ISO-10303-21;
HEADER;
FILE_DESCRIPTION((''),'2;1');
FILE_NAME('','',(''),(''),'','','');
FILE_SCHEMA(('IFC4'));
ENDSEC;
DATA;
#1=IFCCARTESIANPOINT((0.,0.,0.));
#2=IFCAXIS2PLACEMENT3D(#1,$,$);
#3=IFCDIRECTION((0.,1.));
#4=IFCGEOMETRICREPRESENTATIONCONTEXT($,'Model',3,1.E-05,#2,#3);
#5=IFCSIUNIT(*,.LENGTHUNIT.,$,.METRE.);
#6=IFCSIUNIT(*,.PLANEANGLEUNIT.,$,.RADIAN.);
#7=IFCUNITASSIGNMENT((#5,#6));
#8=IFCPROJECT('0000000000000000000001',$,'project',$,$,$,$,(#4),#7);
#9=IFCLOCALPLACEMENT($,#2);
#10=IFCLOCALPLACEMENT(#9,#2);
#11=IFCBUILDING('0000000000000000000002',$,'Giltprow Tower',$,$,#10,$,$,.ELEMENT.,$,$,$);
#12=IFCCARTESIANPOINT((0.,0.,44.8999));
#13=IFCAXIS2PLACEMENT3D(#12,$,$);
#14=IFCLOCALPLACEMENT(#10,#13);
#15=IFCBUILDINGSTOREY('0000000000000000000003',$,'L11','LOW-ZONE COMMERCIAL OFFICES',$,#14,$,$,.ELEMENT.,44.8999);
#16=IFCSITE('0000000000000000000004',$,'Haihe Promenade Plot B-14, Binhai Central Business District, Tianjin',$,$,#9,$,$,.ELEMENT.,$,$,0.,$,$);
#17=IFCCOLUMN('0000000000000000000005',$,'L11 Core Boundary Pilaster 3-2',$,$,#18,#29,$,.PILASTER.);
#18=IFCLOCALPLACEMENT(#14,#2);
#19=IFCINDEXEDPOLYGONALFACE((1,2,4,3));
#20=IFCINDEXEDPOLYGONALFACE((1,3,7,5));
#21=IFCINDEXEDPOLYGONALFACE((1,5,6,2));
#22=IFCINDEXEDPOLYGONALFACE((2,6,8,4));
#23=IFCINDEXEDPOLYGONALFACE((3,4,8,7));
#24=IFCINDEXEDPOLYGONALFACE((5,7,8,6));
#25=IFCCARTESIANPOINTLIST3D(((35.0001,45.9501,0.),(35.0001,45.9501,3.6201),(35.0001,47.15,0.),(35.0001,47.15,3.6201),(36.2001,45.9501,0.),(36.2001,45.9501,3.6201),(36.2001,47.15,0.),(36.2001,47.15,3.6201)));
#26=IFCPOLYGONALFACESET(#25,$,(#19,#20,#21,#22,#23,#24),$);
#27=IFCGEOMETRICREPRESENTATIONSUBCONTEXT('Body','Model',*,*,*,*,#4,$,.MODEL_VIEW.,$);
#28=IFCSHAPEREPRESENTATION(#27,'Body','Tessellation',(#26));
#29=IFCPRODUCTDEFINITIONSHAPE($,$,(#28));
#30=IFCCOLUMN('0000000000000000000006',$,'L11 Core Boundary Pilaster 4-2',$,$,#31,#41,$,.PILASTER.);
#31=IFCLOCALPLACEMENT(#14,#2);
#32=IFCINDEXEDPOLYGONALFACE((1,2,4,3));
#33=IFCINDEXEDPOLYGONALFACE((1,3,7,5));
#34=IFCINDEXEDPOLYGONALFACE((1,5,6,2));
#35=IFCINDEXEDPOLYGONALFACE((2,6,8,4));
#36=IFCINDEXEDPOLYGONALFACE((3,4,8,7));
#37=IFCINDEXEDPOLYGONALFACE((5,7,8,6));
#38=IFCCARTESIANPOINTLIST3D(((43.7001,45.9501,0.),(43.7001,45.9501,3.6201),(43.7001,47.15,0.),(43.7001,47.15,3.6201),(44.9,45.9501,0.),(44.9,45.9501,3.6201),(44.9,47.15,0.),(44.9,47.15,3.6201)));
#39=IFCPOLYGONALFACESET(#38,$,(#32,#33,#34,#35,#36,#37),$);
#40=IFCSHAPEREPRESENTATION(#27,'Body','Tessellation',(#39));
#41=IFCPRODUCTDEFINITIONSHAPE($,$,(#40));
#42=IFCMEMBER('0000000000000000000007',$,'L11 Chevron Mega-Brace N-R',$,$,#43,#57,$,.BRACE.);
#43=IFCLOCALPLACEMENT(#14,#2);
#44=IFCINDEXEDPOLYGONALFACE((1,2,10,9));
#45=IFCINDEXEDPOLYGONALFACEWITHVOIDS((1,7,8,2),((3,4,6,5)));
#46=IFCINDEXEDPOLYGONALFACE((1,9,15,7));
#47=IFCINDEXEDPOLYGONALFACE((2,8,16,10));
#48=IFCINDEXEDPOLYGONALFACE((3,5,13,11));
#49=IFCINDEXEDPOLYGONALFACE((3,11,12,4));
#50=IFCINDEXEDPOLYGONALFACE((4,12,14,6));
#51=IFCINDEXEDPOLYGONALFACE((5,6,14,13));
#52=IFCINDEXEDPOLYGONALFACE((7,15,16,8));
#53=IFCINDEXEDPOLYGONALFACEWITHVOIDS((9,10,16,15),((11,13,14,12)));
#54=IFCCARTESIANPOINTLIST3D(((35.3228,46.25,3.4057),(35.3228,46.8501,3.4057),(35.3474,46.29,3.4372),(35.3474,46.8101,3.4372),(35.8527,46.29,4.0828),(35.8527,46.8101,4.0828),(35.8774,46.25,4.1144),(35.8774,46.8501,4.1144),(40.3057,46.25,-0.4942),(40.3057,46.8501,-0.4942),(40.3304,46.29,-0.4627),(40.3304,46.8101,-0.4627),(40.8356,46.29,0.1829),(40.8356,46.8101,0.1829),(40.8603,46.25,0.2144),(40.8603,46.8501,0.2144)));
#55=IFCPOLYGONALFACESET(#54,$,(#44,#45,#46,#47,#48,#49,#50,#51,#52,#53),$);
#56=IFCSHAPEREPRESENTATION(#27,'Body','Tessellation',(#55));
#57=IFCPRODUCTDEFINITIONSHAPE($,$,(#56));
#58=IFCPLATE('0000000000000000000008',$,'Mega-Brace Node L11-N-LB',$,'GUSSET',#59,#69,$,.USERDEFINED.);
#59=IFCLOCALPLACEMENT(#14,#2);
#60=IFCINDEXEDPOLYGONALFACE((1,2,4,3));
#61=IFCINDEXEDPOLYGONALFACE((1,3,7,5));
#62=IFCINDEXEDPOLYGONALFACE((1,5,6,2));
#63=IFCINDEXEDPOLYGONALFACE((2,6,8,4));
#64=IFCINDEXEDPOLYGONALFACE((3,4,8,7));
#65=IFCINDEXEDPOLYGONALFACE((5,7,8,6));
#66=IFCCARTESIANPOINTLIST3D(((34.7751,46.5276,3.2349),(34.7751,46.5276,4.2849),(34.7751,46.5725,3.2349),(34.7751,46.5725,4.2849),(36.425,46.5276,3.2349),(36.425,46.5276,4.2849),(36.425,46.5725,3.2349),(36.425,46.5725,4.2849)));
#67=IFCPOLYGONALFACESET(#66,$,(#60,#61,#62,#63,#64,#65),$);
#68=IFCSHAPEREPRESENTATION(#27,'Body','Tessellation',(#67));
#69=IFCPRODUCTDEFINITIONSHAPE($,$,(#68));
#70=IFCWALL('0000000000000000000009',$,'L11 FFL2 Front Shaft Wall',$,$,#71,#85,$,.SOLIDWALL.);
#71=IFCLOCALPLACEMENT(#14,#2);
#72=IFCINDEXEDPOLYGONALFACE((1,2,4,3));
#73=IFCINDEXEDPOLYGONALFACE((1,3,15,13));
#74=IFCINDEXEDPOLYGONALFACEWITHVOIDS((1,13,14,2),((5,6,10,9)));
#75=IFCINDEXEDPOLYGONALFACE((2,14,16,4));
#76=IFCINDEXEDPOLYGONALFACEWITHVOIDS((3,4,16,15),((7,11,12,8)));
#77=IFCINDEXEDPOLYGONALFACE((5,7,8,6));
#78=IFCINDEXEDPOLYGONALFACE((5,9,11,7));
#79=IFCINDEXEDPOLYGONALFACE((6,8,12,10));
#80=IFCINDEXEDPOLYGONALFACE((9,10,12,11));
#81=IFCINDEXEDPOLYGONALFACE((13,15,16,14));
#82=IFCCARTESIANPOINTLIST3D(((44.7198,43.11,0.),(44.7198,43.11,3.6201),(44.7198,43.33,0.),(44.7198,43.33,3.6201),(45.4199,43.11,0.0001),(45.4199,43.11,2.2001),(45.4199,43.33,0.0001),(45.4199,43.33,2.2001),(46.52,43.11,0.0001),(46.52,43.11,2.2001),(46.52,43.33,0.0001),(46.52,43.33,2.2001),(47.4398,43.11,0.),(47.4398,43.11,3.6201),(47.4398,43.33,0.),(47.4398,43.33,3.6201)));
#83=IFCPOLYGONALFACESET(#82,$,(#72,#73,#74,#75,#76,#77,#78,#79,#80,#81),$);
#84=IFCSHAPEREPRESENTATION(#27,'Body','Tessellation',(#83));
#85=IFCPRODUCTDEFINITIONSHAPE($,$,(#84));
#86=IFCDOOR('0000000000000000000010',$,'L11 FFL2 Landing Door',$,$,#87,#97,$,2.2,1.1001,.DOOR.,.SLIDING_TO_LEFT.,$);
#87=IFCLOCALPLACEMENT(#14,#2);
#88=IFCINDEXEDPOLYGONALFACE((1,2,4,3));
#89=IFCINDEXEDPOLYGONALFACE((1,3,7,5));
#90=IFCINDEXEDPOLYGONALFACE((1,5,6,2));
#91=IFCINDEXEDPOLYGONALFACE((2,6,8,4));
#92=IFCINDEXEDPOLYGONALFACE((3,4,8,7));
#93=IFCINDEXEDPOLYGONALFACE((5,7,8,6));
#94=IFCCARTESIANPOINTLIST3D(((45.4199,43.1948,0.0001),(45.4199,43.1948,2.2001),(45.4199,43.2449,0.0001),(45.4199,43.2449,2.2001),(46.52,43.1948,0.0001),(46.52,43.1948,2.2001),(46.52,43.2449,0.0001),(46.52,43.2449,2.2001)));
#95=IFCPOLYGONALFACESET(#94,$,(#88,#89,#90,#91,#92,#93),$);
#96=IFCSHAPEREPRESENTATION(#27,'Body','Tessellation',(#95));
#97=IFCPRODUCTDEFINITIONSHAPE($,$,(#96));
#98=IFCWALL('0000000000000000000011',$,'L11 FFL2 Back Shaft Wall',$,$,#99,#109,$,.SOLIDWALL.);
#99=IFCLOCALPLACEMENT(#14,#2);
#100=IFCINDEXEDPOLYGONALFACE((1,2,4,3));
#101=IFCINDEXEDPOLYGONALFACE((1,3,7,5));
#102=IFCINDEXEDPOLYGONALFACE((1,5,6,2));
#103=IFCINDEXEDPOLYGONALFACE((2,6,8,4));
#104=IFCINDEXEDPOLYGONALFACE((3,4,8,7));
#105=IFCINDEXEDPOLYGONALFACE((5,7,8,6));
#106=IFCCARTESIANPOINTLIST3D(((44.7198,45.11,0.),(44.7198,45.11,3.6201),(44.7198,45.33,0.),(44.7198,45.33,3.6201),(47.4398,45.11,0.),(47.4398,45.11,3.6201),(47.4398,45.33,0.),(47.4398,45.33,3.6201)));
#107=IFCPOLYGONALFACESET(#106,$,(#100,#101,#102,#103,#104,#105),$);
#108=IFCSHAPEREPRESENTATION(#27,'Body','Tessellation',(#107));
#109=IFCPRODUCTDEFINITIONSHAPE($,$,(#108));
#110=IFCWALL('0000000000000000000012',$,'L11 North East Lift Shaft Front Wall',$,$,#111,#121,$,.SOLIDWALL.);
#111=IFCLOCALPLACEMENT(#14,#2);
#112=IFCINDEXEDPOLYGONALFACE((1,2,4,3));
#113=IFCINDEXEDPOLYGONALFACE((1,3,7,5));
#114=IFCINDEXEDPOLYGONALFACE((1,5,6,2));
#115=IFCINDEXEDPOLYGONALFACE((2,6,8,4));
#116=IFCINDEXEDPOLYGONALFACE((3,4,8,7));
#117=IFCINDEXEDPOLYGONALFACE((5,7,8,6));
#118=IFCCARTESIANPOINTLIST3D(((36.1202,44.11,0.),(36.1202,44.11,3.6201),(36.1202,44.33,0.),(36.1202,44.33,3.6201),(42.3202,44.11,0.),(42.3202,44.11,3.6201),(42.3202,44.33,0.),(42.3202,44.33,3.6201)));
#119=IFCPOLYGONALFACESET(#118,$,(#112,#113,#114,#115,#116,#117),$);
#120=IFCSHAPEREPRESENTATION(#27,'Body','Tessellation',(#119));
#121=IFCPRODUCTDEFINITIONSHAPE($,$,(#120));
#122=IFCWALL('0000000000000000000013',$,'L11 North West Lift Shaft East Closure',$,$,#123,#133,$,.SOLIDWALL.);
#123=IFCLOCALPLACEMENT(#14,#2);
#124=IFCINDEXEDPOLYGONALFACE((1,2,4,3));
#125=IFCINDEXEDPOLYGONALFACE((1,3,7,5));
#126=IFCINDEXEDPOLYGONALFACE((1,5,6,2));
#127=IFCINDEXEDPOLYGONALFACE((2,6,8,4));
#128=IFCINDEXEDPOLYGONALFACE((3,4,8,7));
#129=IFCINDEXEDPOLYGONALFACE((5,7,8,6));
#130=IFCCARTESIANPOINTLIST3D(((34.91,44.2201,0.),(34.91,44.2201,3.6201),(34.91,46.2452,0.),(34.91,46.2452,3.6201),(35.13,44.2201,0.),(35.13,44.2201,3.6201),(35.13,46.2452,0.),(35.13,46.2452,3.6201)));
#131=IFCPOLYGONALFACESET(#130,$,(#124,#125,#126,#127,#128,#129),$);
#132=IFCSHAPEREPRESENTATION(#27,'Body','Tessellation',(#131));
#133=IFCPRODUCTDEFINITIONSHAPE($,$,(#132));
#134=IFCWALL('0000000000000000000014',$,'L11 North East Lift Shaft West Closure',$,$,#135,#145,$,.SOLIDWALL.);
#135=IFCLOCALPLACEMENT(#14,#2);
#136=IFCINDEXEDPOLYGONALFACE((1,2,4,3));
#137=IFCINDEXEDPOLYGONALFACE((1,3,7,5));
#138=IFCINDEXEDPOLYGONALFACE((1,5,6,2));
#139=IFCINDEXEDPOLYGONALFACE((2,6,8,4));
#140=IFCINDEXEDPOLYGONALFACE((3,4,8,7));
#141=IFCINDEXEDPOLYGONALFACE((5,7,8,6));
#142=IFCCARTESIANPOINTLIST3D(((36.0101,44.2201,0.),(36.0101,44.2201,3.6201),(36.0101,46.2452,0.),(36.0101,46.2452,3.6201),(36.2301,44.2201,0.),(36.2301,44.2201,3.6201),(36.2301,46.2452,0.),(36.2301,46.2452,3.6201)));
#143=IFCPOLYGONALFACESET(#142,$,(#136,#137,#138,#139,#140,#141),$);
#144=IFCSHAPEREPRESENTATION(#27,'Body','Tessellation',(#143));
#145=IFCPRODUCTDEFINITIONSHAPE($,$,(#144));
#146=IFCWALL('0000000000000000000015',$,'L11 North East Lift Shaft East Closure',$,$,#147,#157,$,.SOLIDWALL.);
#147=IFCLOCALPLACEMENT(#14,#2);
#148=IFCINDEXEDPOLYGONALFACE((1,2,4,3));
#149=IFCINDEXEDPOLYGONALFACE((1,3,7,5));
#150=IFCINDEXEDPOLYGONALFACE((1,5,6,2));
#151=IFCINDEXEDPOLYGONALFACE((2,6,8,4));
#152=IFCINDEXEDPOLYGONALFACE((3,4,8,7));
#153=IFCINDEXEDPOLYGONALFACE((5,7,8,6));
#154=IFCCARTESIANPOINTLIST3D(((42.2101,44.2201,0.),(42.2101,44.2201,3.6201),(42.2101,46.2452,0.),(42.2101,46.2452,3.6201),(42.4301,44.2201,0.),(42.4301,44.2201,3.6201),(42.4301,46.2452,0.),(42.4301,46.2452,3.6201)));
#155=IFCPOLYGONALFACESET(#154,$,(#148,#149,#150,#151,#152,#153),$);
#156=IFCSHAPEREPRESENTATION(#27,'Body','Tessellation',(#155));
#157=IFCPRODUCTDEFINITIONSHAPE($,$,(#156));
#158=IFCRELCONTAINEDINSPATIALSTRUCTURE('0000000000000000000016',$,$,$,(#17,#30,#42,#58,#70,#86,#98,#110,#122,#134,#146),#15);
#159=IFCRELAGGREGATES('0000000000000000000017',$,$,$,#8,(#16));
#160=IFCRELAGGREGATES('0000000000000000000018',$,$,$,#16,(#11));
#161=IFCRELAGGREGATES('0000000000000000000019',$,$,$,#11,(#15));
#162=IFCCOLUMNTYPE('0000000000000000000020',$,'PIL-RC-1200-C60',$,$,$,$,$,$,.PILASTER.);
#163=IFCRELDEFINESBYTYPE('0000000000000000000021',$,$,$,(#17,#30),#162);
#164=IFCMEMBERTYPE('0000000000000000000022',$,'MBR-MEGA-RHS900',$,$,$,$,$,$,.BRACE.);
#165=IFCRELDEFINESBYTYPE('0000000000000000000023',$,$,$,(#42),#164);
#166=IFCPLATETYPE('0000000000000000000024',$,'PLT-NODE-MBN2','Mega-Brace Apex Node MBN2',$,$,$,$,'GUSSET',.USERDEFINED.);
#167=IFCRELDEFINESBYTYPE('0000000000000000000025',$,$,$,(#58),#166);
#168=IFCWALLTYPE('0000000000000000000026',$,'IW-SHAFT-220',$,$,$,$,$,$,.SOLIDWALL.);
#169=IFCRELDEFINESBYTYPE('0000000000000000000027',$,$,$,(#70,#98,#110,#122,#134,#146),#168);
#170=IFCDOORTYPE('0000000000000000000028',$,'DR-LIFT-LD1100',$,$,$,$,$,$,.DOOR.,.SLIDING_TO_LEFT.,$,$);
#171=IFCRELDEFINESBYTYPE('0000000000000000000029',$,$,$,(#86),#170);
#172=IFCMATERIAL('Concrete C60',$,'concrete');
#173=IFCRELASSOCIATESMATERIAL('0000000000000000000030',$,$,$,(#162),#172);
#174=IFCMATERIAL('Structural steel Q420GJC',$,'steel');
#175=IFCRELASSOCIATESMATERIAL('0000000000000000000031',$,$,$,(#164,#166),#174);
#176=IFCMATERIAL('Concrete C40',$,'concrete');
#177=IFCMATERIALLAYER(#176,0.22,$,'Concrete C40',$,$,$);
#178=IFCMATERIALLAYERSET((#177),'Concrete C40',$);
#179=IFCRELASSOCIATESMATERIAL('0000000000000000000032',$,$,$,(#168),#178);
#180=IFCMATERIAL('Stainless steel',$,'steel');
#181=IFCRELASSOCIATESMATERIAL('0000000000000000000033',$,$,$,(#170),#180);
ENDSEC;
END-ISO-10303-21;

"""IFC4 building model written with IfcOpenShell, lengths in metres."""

from ifc_helpers import new_model, si_unit, direction, frame, frame_2d, origin, origin_2d, place, context, subcontext, project, spatial, rectangle, hollow_rectangle, extrude, source, transform, mapped, material, layer, layer_set, material_profile, profile_set, type_object, element, fill, save


model = new_model("IFC4")

# Units and contexts
model_context = context("Model", 3, precision=1e-05, world=origin(), true_north=direction((0.0, 1.0)))
body_context = subcontext(model_context, "Body", "Model", "MODEL_VIEW")
ifc_project = project(units=[si_unit("LENGTHUNIT", "METRE"), si_unit("PLANEANGLEUNIT", "RADIAN")], contexts=[model_context])

# Site, building, storey
site_placement = place(None, origin())
site = spatial("IfcSite", under=ifc_project, at=site_placement, Name="Haihe Promenade Plot B-14, Binhai Central Business District, Tianjin", CompositionType="ELEMENT", RefElevation=0.0)
building_placement = place(site_placement, origin())
building = spatial("IfcBuilding", under=site, at=building_placement, Name="Giltprow Tower", CompositionType="ELEMENT")
storey_placement = place(building_placement, frame((0.0, 0.0, 44.8999)))
storey = spatial("IfcBuildingStorey", under=building, at=storey_placement, Name="L11", Description="LOW-ZONE COMMERCIAL OFFICES", CompositionType="ELEMENT", Elevation=44.8999)

# Columns
ifc_material_1 = material(Name="Concrete C60", Category="concrete")
ifc_material_profile_1 = material_profile(ifc_material_1, rectangle(XDim=1.2, YDim=1.2, at=origin_2d()), Name="RC 1200x1200")
ifc_profile_set_1 = profile_set([ifc_material_profile_1], Name="Concrete C60")
column_type = type_object("IfcColumnType", Name="PIL-RC-1200-C60", PredefinedType="PILASTER", material=ifc_profile_set_1)
shared_shape_1 = source(origin(), body_context, "Body", "SweptSolid", [
    extrude(rectangle(XDim=1.2, YDim=1.2, at=origin_2d()), origin(), (0.0, 0.0, 1.0), 3.6201),
])
for number, where, z_axis, x_axis, name in (
    (1, (35.6001, 46.55, 0.0), (0.0, 0.0, 1.0), (1.0, 0.0, 0.0), "L11 Core Boundary Pilaster 3-2"),
    (2, (44.3, 46.55, 0.0), (0.0, 0.0, 1.0), (1.0, 0.0, 0.0), "L11 Core Boundary Pilaster 4-2"),
):
    element("IfcColumn", number, at=place(storey_placement, frame(where, z_axis=z_axis, x_axis=x_axis)), inside=storey, type_object=column_type, Name=name, PredefinedType="PILASTER", context=body_context, shape_type="MappedRepresentation", body=[
        mapped(shared_shape_1, transform((0.0, 0.0, 0.0), x_axis=(1.0, 0.0, 0.0), y_axis=(0.0, 1.0, 0.0), z_axis=(0.0, 0.0, 1.0), scale=1.0)),
    ])

# Member
ifc_material_2 = material(Name="Structural steel Q420GJC", Category="steel")
ifc_material_profile_2 = material_profile(ifc_material_2, hollow_rectangle(XDim=0.6001, YDim=0.8999, WallThickness=0.04, at=origin_2d()), Name="RHS 900x600x40")
ifc_profile_set_2 = profile_set([ifc_material_profile_2], Name="Structural steel Q420GJC")
member_type = type_object("IfcMemberType", Name="MBR-MEGA-RHS900", PredefinedType="BRACE", material=ifc_profile_set_2)
shared_shape_2 = source(origin(), body_context, "Body", "SweptSolid", [
    extrude(hollow_rectangle(XDim=0.6001, YDim=0.8999, WallThickness=0.04, at=origin_2d()), origin(), (0.0, 0.0, 1.0), 6.3276),
])
member_placement = place(storey_placement, frame((40.583, 46.55, -0.1399), z_axis=(-0.787487, 0.0, 0.616331), x_axis=(0.0, -1.0, 0.0)))
element("IfcMember", 3, at=member_placement, inside=storey, type_object=member_type, Name="L11 Chevron Mega-Brace N-R", PredefinedType="BRACE", context=body_context, shape_type="MappedRepresentation", body=[
    mapped(shared_shape_2, transform((0.0, 0.0, 0.0), x_axis=(1.0, 0.0, 0.0), y_axis=(0.0, 1.0, 0.0), z_axis=(0.0, 0.0, 1.0), scale=1.0)),
])

# Plate
plate_type = type_object("IfcPlateType", Name="PLT-NODE-MBN2", Description="Mega-Brace Apex Node MBN2", ElementType="GUSSET", PredefinedType="USERDEFINED", material=ifc_material_2)
shared_shape_3 = source(origin(), body_context, "Body", "SweptSolid", [
    extrude(rectangle(XDim=1.6499, YDim=0.0449, at=origin_2d()), origin(), (0.0, 0.0, 1.0), 1.05),
])
plate_placement = place(storey_placement, frame((35.6001, 46.55, 3.2349), z_axis=(0.0, 0.0, 1.0), x_axis=(1.0, 0.0, 0.0)))
element("IfcPlate", 4, at=plate_placement, inside=storey, type_object=plate_type, Name="Mega-Brace Node L11-N-LB", ObjectType="GUSSET", PredefinedType="USERDEFINED", context=body_context, shape_type="MappedRepresentation", body=[
    mapped(shared_shape_3, transform((0.0, 0.0, 0.0), x_axis=(1.0, 0.0, 0.0), y_axis=(0.0, 1.0, 0.0), z_axis=(0.0, 0.0, 1.0), scale=1.0)),
])

# Wall, opening, door
ifc_material_3 = material(Name="Concrete C40", Category="concrete")
ifc_layer_1 = layer(ifc_material_3, 0.22, Name="Concrete C40")
ifc_layer_set_1 = layer_set([ifc_layer_1], Name="Concrete C40")
wall_type_1 = type_object("IfcWallType", Name="IW-SHAFT-220", PredefinedType="SOLIDWALL", material=ifc_layer_set_1)
wall_1_placement = place(storey_placement, frame((44.72, 43.22, 0.0), z_axis=(0.0, 0.0, 1.0), x_axis=(1.0, 0.0, 0.0)))
wall_1 = element("IfcWall", 5, at=wall_1_placement, inside=storey, type_object=wall_type_1, Name="L11 FFL2 Front Shaft Wall", PredefinedType="SOLIDWALL", context=body_context, shape_type="SweptSolid", body=[
    extrude(rectangle(XDim=2.72, YDim=0.22, at=frame_2d((1.3599, 0.0))), origin(), (0.0, 0.0, 1.0), 3.6201),
])
opening_1_placement = place(wall_1_placement, frame((0.7, 0.0, 0.0)))
opening_1 = element("IfcOpeningElement", 6, at=opening_1_placement, cuts=wall_1, PredefinedType="OPENING", context=body_context, shape_type="SweptSolid", body=[
    extrude(rectangle(XDim=1.1001, YDim=2.2, at=frame_2d((0.55, 1.1001))), frame((0.0, 0.1199, 0.0), z_axis=(0.0, -1.0, 0.0), x_axis=(1.0, 0.0, 0.0)), (0.0, 0.0, 1.0), 0.24),
])
ifc_material_4 = material(Name="Stainless steel", Category="steel")
door_type_1 = type_object("IfcDoorType", Name="DR-LIFT-LD1100", OperationType="SLIDING_TO_LEFT", PredefinedType="DOOR", material=ifc_material_4)
shared_shape_4 = source(origin(), body_context, "Body", "SweptSolid", [
    extrude(rectangle(XDim=1.1001, YDim=2.2, at=frame_2d((0.55, 1.1001))), frame((0.0, 0.0249, 0.0), z_axis=(0.0, -1.0, 0.0), x_axis=(1.0, 0.0, 0.0)), (0.0, 0.0, 1.0), 0.05),
])
door_1_placement = place(opening_1_placement, origin())
door_1 = element("IfcDoor", 7, at=door_1_placement, inside=storey, type_object=door_type_1, Name="L11 FFL2 Landing Door", OperationType="SLIDING_TO_LEFT", OverallHeight=2.2, OverallWidth=1.1001, PredefinedType="DOOR", context=body_context, shape_type="MappedRepresentation", body=[
    mapped(shared_shape_4, transform((0.0, 0.0, 0.0), x_axis=(1.0, 0.0, 0.0), y_axis=(0.0, 1.0, 0.0), z_axis=(0.0, 0.0, 1.0), scale=1.0)),
])
fill(opening_1, door_1)

# Walls
wall_2_placement = place(storey_placement, frame((44.72, 45.22, 0.0), z_axis=(0.0, 0.0, 1.0), x_axis=(1.0, 0.0, 0.0)))
element("IfcWall", 8, at=wall_2_placement, inside=storey, type_object=wall_type_1, Name="L11 FFL2 Back Shaft Wall", PredefinedType="SOLIDWALL", context=body_context, shape_type="SweptSolid", body=[
    extrude(rectangle(XDim=2.72, YDim=0.22, at=frame_2d((1.3599, 0.0))), origin(), (0.0, 0.0, 1.0), 3.6201),
])
wall_3_placement = place(storey_placement, frame((36.1201, 44.22, 0.0), z_axis=(0.0, 0.0, 1.0), x_axis=(1.0, 0.0, 0.0)))
element("IfcWall", 9, at=wall_3_placement, inside=storey, type_object=wall_type_1, Name="L11 North East Lift Shaft Front Wall", PredefinedType="SOLIDWALL", context=body_context, shape_type="SweptSolid", body=[
    extrude(rectangle(XDim=6.2, YDim=0.22, at=frame_2d((3.1001, 0.0))), origin(), (0.0, 0.0, 1.0), 3.6201),
])
for number, where, z_axis, x_axis, name in (
    (10, (35.02, 44.22, 0.0), (0.0, 0.0, 1.0), (0.0, 1.0, 0.0), "L11 North West Lift Shaft East Closure"),
    (11, (36.1201, 44.22, 0.0), (0.0, 0.0, 1.0), (0.0, 1.0, 0.0), "L11 North East Lift Shaft West Closure"),
    (12, (42.3201, 44.22, 0.0), (0.0, 0.0, 1.0), (0.0, 1.0, 0.0), "L11 North East Lift Shaft East Closure"),
):
    element("IfcWall", number, at=place(storey_placement, frame(where, z_axis=z_axis, x_axis=x_axis)), inside=storey, type_object=wall_type_1, Name=name, PredefinedType="SOLIDWALL", context=body_context, shape_type="SweptSolid", body=[
        extrude(rectangle(XDim=2.0251, YDim=0.22, at=frame_2d((1.0127, 0.0))), origin(), (0.0, 0.0, 1.0), 3.6201),
    ])

save(model, "model.ifc")
